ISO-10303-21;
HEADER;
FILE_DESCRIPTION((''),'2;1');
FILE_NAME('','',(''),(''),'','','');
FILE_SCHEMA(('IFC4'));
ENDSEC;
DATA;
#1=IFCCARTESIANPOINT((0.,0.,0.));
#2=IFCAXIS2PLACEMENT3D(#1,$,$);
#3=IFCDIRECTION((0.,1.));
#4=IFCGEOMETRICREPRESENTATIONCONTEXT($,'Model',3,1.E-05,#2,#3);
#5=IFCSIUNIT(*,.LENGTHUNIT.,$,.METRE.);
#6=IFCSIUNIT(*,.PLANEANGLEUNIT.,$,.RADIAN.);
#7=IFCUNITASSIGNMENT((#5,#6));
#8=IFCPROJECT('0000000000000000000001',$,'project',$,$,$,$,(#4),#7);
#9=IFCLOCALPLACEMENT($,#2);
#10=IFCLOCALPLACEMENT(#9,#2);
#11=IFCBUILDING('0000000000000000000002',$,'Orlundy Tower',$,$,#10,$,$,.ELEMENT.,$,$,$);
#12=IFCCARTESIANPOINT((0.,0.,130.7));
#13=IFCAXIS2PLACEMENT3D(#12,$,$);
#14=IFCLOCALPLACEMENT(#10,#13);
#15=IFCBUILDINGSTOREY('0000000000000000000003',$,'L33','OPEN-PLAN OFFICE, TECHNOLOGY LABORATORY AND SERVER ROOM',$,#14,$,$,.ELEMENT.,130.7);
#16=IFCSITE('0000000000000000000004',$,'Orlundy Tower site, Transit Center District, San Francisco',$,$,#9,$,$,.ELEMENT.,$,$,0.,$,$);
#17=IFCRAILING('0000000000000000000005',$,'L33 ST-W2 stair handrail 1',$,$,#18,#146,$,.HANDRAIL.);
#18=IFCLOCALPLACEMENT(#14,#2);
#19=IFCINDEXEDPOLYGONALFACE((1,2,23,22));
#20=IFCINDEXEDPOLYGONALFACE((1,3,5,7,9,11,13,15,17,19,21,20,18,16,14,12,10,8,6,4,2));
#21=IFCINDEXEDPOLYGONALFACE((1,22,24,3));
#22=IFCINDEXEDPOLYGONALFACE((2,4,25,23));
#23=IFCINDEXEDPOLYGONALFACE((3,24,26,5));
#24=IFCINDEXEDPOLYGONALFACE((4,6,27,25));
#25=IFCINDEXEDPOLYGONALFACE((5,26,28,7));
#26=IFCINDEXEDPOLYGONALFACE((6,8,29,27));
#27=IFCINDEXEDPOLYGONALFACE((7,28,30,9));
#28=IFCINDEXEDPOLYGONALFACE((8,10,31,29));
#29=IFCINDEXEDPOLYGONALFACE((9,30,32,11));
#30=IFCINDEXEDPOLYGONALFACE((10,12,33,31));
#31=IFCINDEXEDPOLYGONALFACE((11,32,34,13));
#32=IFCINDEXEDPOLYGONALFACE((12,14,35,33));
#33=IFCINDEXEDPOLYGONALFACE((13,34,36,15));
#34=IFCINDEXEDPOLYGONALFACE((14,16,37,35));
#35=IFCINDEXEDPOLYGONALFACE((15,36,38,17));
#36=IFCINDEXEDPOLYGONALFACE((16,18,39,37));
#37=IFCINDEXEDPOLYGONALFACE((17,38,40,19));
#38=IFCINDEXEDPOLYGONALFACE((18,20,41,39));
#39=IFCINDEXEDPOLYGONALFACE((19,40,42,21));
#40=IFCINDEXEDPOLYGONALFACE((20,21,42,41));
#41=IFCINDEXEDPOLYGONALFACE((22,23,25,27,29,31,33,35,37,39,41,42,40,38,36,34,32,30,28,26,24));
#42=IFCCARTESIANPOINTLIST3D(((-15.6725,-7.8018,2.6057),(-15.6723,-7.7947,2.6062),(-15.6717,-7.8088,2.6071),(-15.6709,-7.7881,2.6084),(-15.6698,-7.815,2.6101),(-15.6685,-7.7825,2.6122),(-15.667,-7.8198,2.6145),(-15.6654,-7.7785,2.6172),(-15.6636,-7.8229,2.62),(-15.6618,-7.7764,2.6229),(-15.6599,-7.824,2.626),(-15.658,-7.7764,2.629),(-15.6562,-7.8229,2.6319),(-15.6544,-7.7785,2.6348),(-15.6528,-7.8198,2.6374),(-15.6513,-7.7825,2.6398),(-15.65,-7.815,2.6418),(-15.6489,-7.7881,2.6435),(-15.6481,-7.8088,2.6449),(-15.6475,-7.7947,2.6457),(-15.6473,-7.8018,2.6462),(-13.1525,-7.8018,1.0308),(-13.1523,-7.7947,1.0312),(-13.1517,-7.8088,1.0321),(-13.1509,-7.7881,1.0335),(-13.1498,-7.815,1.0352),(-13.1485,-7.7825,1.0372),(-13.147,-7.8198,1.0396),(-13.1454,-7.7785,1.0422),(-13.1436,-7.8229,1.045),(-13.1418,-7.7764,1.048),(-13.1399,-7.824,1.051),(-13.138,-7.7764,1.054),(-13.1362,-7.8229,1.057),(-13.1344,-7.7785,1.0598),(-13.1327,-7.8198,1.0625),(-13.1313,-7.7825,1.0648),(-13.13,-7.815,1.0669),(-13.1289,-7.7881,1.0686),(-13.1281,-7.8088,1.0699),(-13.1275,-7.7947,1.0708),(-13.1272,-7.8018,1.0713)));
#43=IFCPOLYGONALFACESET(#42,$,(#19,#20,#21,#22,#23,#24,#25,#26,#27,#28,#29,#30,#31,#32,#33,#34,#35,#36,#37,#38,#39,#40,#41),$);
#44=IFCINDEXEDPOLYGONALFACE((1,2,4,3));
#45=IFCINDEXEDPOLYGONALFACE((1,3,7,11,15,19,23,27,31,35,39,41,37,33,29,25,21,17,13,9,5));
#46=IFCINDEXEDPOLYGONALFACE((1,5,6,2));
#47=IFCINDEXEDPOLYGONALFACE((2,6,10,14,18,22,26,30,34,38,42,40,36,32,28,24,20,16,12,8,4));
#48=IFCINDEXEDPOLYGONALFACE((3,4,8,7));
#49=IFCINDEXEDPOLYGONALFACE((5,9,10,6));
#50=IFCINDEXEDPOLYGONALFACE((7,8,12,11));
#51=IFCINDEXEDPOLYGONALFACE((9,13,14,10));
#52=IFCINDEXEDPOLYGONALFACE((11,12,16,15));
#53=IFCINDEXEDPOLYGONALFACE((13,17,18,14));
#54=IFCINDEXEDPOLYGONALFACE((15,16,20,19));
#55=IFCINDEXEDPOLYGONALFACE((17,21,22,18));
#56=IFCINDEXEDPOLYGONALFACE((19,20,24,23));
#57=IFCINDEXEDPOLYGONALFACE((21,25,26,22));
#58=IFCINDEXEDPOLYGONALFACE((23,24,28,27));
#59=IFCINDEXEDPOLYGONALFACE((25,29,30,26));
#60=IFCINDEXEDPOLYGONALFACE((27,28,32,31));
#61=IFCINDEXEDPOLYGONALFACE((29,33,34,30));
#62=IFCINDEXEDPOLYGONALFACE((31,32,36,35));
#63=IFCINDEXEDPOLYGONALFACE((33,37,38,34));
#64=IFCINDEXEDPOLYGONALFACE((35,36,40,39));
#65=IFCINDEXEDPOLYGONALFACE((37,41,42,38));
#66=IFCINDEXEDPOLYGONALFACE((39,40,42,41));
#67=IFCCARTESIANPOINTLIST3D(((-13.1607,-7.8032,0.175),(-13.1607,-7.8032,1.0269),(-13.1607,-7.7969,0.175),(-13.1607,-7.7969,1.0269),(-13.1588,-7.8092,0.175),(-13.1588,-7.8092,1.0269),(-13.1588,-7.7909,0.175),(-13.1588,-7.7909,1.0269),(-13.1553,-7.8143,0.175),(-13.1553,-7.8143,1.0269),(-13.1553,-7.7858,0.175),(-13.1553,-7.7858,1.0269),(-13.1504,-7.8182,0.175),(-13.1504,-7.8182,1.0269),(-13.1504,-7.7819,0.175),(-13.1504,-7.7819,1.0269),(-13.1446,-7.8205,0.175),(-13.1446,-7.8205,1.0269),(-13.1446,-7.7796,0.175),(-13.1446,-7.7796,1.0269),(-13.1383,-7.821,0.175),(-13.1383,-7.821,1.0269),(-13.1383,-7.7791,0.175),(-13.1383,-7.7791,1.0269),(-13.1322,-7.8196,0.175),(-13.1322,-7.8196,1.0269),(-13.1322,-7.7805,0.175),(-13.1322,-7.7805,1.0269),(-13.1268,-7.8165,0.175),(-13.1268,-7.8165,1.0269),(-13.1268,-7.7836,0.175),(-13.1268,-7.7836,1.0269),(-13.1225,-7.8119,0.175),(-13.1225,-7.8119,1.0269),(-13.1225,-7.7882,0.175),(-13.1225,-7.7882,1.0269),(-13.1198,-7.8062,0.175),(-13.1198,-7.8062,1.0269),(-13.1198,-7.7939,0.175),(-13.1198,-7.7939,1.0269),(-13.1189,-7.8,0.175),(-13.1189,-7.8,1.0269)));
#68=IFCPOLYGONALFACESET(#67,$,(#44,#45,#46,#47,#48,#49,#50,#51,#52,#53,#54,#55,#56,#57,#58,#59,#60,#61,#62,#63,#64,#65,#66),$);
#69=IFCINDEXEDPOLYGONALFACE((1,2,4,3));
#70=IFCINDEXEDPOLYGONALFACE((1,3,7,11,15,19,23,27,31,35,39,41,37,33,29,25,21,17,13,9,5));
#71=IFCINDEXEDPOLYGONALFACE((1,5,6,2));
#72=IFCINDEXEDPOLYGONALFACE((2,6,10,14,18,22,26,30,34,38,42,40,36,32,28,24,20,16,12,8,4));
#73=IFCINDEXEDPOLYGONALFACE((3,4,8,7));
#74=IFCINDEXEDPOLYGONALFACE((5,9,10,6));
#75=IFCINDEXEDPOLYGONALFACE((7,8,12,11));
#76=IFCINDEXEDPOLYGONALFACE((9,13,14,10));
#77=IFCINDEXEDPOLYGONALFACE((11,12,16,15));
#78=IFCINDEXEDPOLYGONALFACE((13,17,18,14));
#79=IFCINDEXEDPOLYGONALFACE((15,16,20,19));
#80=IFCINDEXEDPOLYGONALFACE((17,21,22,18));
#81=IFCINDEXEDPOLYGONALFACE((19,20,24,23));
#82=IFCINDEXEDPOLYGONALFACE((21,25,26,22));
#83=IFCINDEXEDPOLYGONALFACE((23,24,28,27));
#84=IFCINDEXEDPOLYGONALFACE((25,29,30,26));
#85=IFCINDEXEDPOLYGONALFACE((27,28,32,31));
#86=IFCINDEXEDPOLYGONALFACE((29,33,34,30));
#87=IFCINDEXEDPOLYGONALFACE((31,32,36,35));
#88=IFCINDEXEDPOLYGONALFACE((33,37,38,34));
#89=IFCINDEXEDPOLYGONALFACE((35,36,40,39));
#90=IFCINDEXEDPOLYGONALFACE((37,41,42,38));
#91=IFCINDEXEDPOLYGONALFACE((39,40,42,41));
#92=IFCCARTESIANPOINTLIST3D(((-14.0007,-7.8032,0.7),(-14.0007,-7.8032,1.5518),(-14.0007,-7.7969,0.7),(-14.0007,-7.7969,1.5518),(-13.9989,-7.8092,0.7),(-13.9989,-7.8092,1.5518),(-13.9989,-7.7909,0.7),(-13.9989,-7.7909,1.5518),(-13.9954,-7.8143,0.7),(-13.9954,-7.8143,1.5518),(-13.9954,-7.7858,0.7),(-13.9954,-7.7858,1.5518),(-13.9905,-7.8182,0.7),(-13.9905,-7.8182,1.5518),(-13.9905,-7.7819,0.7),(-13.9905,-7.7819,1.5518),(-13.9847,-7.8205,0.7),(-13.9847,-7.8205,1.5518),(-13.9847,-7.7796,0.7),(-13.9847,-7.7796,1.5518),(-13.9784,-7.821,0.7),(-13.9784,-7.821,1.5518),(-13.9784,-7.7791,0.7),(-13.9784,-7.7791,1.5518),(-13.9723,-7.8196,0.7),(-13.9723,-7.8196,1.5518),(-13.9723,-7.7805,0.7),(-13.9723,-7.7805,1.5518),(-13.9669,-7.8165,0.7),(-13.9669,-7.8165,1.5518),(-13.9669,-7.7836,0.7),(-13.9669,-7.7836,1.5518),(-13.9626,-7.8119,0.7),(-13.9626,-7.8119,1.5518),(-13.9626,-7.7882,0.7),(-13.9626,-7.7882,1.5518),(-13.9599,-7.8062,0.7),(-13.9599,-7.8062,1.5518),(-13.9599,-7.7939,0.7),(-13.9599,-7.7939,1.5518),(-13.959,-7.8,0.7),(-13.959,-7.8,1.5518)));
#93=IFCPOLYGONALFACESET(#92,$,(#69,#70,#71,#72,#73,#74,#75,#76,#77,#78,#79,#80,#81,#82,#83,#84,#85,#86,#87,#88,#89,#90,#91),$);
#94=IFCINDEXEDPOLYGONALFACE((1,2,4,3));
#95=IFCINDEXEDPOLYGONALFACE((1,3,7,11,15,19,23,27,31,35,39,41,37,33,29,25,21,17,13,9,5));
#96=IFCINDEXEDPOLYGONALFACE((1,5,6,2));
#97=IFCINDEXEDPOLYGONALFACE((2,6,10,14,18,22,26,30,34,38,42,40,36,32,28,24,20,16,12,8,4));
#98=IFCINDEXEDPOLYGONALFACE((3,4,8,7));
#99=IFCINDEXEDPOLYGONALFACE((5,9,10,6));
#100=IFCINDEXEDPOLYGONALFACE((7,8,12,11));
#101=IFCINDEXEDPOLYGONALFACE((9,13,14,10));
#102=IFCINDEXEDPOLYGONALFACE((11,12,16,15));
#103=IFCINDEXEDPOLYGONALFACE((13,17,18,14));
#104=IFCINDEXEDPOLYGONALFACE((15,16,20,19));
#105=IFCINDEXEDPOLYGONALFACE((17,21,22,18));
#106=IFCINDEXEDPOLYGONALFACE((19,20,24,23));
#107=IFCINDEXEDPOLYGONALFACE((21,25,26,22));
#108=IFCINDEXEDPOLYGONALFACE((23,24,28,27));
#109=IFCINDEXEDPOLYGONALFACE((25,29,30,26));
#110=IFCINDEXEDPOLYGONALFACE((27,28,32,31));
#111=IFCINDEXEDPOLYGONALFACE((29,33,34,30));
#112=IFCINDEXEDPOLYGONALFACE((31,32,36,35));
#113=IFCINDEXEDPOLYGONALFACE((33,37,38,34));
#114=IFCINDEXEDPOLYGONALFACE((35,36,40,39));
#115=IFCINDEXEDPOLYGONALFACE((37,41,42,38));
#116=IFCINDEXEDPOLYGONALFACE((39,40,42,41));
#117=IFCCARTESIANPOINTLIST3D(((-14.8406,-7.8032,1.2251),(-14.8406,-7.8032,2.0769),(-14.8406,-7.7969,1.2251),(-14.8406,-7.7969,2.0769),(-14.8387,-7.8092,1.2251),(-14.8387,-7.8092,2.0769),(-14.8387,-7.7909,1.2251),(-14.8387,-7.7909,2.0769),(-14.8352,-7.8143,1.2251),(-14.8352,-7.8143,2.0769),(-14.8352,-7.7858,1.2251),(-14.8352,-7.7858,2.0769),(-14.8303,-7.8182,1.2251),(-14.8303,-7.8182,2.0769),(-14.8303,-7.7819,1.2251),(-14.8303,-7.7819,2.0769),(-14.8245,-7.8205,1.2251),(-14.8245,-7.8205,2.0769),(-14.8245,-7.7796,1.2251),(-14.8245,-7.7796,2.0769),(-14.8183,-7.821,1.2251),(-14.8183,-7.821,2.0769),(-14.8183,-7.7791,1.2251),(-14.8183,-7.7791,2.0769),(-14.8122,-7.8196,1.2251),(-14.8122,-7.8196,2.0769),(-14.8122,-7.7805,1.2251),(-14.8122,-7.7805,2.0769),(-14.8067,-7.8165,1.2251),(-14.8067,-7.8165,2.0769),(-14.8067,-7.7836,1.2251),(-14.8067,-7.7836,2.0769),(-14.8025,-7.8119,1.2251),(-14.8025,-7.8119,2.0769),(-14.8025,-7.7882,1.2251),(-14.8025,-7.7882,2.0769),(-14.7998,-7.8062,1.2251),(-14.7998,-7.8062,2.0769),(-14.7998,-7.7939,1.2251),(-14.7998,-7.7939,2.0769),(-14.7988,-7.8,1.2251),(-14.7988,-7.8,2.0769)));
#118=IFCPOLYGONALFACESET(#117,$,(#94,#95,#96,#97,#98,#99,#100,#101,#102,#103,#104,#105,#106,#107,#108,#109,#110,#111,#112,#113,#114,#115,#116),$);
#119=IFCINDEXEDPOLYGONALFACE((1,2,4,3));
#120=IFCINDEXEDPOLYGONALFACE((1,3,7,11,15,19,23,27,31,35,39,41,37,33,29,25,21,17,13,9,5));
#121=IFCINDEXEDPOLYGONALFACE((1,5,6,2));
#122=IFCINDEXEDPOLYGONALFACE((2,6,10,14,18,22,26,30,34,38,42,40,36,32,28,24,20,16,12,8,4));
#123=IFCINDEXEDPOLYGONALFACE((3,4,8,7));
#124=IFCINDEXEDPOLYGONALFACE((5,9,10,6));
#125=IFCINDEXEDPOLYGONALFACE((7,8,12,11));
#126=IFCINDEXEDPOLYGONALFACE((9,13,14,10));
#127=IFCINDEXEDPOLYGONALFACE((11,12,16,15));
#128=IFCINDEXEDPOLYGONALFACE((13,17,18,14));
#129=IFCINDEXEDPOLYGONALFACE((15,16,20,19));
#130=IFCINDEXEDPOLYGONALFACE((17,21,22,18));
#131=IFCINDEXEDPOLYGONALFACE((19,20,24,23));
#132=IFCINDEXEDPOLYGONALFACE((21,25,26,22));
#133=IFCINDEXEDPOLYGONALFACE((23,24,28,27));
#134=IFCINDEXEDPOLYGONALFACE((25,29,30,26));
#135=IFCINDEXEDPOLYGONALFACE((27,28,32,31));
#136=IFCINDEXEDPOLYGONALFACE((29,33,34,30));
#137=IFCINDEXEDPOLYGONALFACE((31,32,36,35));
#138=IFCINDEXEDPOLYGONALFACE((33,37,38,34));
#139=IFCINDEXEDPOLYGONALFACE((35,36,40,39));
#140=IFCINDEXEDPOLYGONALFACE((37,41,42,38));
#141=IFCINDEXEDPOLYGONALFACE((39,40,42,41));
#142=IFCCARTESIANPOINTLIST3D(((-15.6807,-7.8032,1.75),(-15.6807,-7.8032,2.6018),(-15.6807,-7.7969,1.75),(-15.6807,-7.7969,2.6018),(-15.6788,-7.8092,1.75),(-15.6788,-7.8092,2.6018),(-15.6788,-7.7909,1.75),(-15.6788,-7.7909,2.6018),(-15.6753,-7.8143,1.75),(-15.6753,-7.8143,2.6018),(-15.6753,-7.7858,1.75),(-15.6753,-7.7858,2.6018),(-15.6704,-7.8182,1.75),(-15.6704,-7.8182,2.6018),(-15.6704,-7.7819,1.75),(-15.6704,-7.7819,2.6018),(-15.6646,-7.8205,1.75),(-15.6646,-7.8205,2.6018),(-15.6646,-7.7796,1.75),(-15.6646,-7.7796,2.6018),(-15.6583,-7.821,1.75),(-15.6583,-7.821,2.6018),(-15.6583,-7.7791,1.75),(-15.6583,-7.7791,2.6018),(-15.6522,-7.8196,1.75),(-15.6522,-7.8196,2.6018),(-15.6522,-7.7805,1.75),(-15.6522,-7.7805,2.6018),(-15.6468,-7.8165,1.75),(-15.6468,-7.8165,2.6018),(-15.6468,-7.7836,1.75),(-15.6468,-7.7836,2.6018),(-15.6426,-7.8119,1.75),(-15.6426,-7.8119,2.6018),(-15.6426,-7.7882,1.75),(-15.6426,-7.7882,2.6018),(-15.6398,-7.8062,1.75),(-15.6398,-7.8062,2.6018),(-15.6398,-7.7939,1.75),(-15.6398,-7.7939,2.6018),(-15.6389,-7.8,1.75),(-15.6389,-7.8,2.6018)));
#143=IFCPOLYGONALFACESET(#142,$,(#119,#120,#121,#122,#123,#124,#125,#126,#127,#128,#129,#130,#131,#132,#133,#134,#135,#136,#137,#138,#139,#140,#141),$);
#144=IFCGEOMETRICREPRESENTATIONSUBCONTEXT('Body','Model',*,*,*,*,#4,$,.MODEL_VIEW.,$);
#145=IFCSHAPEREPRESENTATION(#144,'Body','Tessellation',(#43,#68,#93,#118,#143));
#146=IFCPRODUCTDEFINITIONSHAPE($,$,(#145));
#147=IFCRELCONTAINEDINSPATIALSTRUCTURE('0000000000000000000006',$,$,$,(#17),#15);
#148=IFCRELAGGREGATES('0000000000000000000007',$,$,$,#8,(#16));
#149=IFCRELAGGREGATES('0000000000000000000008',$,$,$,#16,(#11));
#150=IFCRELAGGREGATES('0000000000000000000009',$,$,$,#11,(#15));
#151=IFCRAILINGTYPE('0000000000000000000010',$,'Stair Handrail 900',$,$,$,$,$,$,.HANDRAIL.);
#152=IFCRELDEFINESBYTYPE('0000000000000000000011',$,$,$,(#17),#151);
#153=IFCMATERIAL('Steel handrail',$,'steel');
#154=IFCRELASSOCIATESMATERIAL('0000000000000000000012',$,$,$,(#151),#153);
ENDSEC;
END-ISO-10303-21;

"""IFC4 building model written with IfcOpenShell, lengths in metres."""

from ifc_helpers import new_model, si_unit, direction, frame, origin, origin_2d, place, context, subcontext, project, spatial, circle, extrude, material, type_object, element, save


model = new_model("IFC4")

# Units and contexts
model_context = context("Model", 3, precision=1e-05, world=origin(), true_north=direction((0.0, 1.0)))
body_context = subcontext(model_context, "Body", "Model", "MODEL_VIEW")
ifc_project = project(units=[si_unit("LENGTHUNIT", "METRE"), si_unit("PLANEANGLEUNIT", "RADIAN")], contexts=[model_context])

# Site, building, storey
site_placement = place(None, origin())
site = spatial("IfcSite", under=ifc_project, at=site_placement, Name="Orlundy Tower site, Transit Center District, San Francisco", CompositionType="ELEMENT", RefElevation=0.0)
building_placement = place(site_placement, origin())
building = spatial("IfcBuilding", under=site, at=building_placement, Name="Orlundy Tower", CompositionType="ELEMENT")
storey_placement = place(building_placement, frame((0.0, 0.0, 130.7)))
storey = spatial("IfcBuildingStorey", under=building, at=storey_placement, Name="L33", Description="OPEN-PLAN OFFICE, TECHNOLOGY LABORATORY AND SERVER ROOM", CompositionType="ELEMENT", Elevation=130.7)

# Railing
ifc_material_1 = material(Name="Steel handrail", Category="steel")
railing_type_1 = type_object("IfcRailingType", Name="Stair Handrail 900", PredefinedType="HANDRAIL", material=ifc_material_1)
railing_1_placement = place(storey_placement, frame((-13.1399, -7.8, 0.175)))
element("IfcRailing", 1, at=railing_1_placement, inside=storey, type_object=railing_type_1, Name="L33 ST-W2 stair handrail 1", PredefinedType="HANDRAIL", context=body_context, shape_type="SweptSolid", body=[
    extrude(circle(Radius=0.0239, at=origin_2d()), frame((0.0, 0.0, 0.876), z_axis=(-0.848008, 0.0, 0.529984), x_axis=(0.0, -1.0, 0.0)), (0.0, 0.0, 1.0), 2.9717),
    extrude(circle(Radius=0.021, at=origin_2d()), origin(), (0.0, 0.0, 1.0), 0.8518),
    extrude(circle(Radius=0.021, at=origin_2d()), frame((-0.8401, 0.0, 0.5249)), (0.0, 0.0, 1.0), 0.8518),
    extrude(circle(Radius=0.021, at=origin_2d()), frame((-1.6799, 0.0, 1.05)), (0.0, 0.0, 1.0), 0.8518),
    extrude(circle(Radius=0.021, at=origin_2d()), frame((-2.52, 0.0, 1.575)), (0.0, 0.0, 1.0), 0.8518),
])

save(model, "model.ifc")
